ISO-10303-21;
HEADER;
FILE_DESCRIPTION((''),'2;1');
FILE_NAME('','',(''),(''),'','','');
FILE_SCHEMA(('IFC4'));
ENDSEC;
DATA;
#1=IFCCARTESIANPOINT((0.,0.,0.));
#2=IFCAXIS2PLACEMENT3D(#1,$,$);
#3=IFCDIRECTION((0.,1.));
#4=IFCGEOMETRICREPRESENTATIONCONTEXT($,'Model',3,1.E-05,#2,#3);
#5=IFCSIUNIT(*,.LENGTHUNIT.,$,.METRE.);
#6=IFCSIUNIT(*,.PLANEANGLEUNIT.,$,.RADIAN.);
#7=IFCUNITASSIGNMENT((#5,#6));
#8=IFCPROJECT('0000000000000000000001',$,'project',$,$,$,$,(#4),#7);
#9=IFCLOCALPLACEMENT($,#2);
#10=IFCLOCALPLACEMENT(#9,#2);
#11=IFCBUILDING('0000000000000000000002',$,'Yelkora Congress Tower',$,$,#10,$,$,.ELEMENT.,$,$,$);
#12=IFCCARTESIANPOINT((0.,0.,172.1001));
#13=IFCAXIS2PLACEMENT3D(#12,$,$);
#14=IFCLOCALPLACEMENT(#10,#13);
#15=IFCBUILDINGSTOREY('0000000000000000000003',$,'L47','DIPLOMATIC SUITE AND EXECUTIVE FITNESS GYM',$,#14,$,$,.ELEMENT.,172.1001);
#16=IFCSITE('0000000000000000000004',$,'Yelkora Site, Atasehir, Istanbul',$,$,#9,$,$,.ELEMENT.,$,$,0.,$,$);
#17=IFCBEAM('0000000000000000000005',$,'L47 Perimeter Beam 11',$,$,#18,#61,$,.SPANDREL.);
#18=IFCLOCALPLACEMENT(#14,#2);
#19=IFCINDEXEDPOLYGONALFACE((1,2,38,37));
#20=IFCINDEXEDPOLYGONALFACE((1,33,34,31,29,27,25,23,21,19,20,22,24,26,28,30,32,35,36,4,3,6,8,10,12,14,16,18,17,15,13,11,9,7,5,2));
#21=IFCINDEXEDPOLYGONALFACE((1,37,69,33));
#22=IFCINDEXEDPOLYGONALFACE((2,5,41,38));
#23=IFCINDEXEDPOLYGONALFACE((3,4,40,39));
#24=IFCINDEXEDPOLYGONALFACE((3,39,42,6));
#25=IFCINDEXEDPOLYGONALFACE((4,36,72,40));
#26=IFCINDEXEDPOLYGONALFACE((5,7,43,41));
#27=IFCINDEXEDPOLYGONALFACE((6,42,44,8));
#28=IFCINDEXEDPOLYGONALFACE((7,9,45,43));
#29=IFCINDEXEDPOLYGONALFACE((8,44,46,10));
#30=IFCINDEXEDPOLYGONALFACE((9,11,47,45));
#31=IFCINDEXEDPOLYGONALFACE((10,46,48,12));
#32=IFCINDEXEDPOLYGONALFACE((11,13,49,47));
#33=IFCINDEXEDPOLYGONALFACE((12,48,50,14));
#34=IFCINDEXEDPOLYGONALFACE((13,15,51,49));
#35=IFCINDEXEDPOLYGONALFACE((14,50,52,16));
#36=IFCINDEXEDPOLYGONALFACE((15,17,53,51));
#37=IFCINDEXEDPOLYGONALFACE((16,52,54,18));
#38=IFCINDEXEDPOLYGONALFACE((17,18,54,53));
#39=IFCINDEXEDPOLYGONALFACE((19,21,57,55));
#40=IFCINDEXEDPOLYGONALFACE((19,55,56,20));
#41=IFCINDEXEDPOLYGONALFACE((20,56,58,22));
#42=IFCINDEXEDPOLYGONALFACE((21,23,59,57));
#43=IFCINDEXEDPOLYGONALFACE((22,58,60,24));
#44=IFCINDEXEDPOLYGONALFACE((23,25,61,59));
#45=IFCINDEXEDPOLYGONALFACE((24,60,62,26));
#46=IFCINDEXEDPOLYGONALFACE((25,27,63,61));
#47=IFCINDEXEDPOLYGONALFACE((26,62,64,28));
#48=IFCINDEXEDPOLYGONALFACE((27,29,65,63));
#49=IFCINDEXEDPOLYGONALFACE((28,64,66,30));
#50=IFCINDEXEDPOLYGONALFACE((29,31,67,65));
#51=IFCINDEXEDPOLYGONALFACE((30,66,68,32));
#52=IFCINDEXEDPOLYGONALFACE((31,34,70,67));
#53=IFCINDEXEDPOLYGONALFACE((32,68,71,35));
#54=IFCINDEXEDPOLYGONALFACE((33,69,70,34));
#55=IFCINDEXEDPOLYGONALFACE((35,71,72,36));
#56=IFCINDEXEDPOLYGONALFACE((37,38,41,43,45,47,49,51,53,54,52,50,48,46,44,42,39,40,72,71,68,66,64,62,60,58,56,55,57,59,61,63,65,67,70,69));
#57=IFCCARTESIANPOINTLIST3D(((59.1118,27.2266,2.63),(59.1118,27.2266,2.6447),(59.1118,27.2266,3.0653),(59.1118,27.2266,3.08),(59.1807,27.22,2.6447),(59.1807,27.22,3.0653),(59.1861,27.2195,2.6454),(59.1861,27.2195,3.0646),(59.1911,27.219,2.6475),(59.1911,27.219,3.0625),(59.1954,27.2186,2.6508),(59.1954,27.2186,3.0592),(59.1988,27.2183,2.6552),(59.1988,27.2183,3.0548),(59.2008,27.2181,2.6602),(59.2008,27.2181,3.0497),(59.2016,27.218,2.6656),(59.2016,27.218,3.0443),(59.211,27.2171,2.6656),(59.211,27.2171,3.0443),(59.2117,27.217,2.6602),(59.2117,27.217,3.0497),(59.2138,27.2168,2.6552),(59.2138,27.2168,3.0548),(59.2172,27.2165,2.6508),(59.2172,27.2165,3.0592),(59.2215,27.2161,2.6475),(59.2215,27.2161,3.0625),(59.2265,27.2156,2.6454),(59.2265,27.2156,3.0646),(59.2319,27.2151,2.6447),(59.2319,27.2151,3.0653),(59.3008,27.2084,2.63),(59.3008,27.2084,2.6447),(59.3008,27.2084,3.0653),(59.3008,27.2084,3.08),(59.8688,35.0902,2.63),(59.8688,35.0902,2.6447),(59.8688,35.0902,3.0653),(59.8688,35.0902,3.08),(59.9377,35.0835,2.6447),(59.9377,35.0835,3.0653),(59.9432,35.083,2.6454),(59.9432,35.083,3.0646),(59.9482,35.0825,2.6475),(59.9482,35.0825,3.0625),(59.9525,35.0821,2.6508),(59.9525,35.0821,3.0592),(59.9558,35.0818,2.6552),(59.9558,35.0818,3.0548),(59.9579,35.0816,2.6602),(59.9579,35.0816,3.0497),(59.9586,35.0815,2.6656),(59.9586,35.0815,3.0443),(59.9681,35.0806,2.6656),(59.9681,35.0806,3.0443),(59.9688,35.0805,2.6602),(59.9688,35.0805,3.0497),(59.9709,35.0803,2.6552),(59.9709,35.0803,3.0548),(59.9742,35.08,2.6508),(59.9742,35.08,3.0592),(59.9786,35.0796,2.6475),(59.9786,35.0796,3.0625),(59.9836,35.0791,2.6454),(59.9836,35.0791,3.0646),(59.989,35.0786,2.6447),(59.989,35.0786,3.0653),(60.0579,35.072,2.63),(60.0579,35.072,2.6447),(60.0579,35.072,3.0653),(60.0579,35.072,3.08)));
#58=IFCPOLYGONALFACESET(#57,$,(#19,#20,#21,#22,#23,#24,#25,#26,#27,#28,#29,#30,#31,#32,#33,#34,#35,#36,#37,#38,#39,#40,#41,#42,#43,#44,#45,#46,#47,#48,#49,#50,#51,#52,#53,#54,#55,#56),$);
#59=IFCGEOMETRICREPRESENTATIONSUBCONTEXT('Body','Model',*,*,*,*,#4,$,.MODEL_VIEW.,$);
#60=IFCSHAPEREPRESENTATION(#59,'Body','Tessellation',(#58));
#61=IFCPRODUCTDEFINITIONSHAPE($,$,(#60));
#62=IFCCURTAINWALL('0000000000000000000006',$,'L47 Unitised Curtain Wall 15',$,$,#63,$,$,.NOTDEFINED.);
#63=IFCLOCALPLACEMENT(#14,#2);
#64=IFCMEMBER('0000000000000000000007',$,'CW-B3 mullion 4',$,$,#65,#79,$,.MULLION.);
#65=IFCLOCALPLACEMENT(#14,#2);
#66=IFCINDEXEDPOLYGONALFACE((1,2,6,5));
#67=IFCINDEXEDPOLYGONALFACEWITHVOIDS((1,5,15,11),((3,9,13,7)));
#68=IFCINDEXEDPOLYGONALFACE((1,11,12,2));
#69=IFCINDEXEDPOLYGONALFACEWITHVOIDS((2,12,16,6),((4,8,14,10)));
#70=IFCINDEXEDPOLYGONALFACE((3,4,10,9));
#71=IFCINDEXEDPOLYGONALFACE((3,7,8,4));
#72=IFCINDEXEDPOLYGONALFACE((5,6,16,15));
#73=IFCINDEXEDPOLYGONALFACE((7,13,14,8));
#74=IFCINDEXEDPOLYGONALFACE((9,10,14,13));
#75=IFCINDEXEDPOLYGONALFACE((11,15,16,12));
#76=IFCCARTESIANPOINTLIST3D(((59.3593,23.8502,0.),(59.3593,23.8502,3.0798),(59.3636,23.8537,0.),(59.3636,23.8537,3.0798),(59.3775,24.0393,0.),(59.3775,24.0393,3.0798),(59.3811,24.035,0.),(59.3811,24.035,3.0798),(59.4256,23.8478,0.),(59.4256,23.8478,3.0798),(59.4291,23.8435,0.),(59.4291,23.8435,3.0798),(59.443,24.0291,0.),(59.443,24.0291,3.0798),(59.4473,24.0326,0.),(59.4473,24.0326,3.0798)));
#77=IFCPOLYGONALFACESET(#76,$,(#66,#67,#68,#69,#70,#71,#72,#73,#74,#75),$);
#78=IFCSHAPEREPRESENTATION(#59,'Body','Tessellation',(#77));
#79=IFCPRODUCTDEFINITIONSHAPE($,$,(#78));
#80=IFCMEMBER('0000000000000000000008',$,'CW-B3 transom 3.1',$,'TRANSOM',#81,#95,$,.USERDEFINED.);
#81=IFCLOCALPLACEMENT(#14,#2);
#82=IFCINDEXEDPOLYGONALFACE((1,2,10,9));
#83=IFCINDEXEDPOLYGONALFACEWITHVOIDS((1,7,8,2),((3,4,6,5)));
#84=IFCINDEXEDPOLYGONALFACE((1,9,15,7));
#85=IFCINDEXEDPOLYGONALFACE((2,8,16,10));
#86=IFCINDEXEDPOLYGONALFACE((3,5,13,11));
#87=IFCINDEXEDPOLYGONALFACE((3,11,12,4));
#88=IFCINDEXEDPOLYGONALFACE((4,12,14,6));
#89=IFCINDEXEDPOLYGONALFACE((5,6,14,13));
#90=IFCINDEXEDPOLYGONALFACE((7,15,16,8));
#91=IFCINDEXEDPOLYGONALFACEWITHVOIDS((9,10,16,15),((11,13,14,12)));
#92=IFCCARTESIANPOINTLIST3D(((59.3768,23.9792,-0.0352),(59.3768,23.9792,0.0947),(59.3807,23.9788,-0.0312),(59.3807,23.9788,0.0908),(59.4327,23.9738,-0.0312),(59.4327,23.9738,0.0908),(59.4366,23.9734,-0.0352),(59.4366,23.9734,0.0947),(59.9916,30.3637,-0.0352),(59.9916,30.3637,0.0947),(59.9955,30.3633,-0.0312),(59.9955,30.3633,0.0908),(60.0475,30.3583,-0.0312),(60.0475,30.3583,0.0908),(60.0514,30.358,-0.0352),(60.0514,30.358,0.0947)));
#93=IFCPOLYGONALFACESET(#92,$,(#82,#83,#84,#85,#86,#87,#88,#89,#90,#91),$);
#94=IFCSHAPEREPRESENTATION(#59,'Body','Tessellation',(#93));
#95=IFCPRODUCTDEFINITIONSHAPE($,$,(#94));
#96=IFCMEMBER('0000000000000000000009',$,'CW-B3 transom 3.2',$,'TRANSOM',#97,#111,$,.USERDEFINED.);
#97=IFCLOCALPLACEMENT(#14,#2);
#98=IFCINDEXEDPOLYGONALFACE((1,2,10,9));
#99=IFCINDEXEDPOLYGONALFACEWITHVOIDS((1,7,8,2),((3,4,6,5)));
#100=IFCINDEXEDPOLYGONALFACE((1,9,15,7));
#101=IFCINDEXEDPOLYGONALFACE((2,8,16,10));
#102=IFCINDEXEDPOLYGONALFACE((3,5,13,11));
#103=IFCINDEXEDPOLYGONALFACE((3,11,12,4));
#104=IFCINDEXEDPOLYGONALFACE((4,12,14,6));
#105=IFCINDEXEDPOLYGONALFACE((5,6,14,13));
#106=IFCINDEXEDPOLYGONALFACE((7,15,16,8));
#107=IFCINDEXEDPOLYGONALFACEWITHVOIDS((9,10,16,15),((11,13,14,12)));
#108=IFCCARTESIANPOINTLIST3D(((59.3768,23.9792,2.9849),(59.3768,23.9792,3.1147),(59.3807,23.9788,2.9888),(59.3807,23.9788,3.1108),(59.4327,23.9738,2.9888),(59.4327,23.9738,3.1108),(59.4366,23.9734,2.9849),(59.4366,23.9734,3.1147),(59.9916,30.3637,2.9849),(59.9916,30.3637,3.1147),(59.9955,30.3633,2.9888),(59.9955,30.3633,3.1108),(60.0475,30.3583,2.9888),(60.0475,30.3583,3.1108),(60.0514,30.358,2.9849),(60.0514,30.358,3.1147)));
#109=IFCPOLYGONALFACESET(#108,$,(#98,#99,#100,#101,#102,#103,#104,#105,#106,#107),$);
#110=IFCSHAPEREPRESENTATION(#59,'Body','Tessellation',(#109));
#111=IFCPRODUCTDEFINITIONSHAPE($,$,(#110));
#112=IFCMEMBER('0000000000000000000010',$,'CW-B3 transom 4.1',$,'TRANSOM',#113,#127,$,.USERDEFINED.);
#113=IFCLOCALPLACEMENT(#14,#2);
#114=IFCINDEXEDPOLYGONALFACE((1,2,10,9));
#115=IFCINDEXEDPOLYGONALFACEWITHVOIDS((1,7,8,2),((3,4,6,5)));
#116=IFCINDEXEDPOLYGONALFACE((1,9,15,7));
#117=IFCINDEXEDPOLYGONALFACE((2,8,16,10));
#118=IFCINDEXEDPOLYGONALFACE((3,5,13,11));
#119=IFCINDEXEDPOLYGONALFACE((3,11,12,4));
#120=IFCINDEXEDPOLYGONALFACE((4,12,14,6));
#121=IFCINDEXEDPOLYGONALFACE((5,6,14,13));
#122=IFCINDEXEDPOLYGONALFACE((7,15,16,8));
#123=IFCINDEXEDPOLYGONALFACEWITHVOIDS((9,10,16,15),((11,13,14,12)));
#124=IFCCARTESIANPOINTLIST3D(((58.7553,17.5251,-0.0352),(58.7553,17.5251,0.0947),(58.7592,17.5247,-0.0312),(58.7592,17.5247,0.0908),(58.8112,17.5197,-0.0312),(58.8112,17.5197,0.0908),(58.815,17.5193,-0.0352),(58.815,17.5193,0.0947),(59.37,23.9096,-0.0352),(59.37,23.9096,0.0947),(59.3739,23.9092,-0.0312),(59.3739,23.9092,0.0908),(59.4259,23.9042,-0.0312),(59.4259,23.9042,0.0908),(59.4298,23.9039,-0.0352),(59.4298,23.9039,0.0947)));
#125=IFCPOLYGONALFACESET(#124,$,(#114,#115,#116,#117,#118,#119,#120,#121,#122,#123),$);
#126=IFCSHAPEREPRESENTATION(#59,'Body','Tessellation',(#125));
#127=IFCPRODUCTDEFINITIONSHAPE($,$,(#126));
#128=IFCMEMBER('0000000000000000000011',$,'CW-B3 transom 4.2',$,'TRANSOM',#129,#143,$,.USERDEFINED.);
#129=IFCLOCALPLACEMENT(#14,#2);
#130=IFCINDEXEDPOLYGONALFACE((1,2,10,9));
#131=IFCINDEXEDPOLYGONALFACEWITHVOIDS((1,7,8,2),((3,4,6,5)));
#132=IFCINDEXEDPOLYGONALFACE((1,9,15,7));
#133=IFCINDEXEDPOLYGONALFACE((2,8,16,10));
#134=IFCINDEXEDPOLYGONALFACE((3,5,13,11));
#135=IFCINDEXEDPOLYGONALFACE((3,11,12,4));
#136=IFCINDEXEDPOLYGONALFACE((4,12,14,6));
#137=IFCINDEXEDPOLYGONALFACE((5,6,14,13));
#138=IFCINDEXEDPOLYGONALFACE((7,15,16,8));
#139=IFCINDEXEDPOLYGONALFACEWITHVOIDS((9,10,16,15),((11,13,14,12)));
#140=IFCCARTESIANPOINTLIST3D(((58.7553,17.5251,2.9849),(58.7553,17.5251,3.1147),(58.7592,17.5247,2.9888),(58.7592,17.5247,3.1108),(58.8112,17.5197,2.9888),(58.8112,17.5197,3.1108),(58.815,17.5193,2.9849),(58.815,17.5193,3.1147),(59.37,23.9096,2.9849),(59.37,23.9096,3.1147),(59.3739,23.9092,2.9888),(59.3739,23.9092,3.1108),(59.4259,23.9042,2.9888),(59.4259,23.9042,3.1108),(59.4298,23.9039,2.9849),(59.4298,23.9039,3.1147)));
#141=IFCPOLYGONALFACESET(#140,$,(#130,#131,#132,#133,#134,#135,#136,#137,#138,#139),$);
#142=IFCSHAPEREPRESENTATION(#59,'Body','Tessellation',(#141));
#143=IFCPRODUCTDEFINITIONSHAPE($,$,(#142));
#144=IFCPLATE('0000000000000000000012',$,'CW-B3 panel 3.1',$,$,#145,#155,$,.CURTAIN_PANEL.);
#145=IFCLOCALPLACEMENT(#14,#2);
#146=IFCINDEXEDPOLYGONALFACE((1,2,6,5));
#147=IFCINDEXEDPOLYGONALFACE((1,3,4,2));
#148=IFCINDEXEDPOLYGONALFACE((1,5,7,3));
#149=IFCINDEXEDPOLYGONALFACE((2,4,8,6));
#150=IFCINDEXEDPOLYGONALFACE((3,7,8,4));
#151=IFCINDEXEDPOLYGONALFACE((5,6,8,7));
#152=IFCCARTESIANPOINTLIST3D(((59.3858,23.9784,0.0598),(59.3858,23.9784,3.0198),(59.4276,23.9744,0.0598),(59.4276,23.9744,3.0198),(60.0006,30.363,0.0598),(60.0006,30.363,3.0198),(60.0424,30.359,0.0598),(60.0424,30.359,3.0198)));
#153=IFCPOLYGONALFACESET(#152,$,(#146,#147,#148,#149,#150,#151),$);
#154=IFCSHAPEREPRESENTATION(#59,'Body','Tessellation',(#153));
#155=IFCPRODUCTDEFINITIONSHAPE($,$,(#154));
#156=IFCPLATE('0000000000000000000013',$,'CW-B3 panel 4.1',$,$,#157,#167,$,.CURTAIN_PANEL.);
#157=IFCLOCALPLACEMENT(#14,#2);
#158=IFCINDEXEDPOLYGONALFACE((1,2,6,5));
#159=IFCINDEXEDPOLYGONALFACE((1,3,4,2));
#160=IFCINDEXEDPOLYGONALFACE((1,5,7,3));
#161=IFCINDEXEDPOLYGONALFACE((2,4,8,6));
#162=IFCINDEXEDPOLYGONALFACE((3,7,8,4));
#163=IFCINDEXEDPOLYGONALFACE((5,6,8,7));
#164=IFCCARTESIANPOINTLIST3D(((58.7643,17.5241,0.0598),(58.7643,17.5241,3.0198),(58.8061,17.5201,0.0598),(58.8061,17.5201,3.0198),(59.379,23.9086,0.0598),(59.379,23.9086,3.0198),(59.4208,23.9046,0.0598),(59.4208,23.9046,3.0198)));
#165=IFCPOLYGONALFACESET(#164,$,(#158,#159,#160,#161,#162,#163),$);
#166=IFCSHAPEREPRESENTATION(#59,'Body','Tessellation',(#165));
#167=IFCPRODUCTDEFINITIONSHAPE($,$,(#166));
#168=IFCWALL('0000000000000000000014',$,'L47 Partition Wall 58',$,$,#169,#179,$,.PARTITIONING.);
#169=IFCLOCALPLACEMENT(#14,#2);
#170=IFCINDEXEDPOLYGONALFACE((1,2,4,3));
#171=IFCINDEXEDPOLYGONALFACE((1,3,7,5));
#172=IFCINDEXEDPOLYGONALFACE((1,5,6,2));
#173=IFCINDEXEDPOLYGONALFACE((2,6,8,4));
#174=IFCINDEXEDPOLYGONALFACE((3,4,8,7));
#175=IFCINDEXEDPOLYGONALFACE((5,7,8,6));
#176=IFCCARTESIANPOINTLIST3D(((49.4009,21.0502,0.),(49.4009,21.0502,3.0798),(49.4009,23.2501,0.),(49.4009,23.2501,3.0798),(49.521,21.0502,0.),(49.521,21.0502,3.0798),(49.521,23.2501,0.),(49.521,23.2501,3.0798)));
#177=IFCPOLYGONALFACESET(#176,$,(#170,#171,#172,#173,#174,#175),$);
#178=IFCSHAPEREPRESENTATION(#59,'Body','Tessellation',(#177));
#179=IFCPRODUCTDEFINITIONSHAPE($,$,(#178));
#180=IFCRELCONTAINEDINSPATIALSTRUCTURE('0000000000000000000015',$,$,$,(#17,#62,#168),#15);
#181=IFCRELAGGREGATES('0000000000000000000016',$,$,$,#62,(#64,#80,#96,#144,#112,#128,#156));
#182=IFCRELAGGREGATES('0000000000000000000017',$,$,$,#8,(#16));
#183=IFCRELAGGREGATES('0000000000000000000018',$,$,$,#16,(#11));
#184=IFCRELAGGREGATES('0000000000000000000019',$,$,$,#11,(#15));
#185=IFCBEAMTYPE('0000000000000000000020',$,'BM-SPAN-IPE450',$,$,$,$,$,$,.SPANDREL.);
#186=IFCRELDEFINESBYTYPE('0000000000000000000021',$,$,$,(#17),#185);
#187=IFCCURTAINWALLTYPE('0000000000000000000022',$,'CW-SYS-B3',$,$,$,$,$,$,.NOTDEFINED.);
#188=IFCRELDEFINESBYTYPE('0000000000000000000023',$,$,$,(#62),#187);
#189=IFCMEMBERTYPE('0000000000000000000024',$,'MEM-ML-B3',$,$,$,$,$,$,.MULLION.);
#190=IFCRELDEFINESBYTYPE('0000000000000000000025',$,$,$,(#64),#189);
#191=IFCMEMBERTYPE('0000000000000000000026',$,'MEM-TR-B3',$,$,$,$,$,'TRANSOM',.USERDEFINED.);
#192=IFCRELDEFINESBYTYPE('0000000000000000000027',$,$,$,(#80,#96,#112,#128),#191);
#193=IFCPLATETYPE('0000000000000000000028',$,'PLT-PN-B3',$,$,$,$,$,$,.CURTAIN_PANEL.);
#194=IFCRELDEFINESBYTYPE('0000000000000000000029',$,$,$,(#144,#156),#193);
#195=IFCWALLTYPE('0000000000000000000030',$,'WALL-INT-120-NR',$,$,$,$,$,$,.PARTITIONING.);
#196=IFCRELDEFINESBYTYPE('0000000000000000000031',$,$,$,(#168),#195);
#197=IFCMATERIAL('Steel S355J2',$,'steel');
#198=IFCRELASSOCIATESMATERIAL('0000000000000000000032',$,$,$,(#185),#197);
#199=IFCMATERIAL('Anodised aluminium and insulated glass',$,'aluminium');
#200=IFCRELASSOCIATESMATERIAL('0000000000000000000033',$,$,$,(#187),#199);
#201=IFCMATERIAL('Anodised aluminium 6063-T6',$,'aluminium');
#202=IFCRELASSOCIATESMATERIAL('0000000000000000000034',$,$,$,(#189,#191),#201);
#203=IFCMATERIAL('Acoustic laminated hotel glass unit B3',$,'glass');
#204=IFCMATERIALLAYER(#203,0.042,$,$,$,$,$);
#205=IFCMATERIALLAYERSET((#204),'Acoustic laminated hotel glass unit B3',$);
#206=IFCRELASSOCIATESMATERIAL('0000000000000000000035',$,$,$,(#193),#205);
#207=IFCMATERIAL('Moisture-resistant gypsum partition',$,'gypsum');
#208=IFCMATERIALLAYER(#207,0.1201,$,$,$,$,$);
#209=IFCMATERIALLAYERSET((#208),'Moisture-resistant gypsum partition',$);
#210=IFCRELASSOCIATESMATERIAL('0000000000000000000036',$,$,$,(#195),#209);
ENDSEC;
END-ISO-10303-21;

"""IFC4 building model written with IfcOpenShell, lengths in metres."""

from ifc_helpers import new_model, si_unit, direction, frame, frame_2d, origin, origin_2d, place, context, subcontext, project, spatial, rectangle, hollow_rectangle, i_section, extrude, material, layer, layer_set, material_profile, profile_set, type_object, element, aggregate, save


model = new_model("IFC4")

# Units and contexts
model_context = context("Model", 3, precision=1e-05, world=origin(), true_north=direction((0.0, 1.0)))
body_context = subcontext(model_context, "Body", "Model", "MODEL_VIEW")
ifc_project = project(units=[si_unit("LENGTHUNIT", "METRE"), si_unit("PLANEANGLEUNIT", "RADIAN")], contexts=[model_context])

# Site, building, storey
site_placement = place(None, origin())
site = spatial("IfcSite", under=ifc_project, at=site_placement, Name="Yelkora Site, Atasehir, Istanbul", CompositionType="ELEMENT", RefElevation=0.0)
building_placement = place(site_placement, origin())
building = spatial("IfcBuilding", under=site, at=building_placement, Name="Yelkora Congress Tower", CompositionType="ELEMENT")
storey_placement = place(building_placement, frame((0.0, 0.0, 172.1001)))
storey = spatial("IfcBuildingStorey", under=building, at=storey_placement, Name="L47", Description="DIPLOMATIC SUITE AND EXECUTIVE FITNESS GYM", CompositionType="ELEMENT", Elevation=172.1001)

# Beam
ifc_material_1 = material(Name="Steel S355J2", Category="steel")
ifc_material_profile_1 = material_profile(ifc_material_1, i_section(OverallWidth=0.1899, OverallDepth=0.45, WebThickness=0.0095, FlangeThickness=0.0146, FilletRadius=0.021, at=origin_2d()), Name="IPE 450")
ifc_profile_set_1 = profile_set([ifc_material_profile_1], Name="Steel S355J2")
beam_type_1 = type_object("IfcBeamType", Name="BM-SPAN-IPE450", PredefinedType="SPANDREL", material=ifc_profile_set_1)
beam_1_placement = place(storey_placement, frame((59.2063, 27.2175, 2.855), z_axis=(0.095834, 0.995397, 0.0), x_axis=(-0.995397, 0.095834, 0.0)))
element("IfcBeam", 1, at=beam_1_placement, inside=storey, type_object=beam_type_1, Name="L47 Perimeter Beam 11", PredefinedType="SPANDREL", context=body_context, shape_type="SweptSolid", body=[
    extrude(i_section(OverallWidth=0.1899, OverallDepth=0.45, WebThickness=0.0095, FlangeThickness=0.0146, FilletRadius=0.021, at=origin_2d()), origin(), (0.0, 0.0, 1.0), 7.8999),
])

# Curtain wall, members, plates
ifc_material_2 = material(Name="Anodised aluminium and insulated glass", Category="aluminium")
curtain_wall_type = type_object("IfcCurtainWallType", Name="CW-SYS-B3", PredefinedType="NOTDEFINED", material=ifc_material_2)
curtain_wall_placement = place(storey_placement, origin())
curtain_wall = element("IfcCurtainWall", 2, at=curtain_wall_placement, inside=storey, type_object=curtain_wall_type, Name="L47 Unitised Curtain Wall 15", PredefinedType="NOTDEFINED")
ifc_material_3 = material(Name="Anodised aluminium 6063-T6", Category="aluminium")
ifc_material_profile_2 = material_profile(ifc_material_3, hollow_rectangle(XDim=0.0701, YDim=0.1899, WallThickness=0.0039, at=origin_2d()), Name="ALU 70x190x4")
ifc_profile_set_2 = profile_set([ifc_material_profile_2], Name="Anodised aluminium 6063-T6")
member_type_1 = type_object("IfcMemberType", Name="MEM-ML-B3", PredefinedType="MULLION", material=ifc_profile_set_2)
member_1_placement = place(storey_placement, frame((59.4033, 23.9414, 0.0), z_axis=(0.0, 0.0, 1.0), x_axis=(0.995397, -0.095842, 0.0)))
member_1 = element("IfcMember", 3, at=member_1_placement, type_object=member_type_1, Name="CW-B3 mullion 4", PredefinedType="MULLION", context=body_context, shape_type="SweptSolid", body=[
    extrude(hollow_rectangle(XDim=0.0701, YDim=0.1899, WallThickness=0.0039, at=origin_2d()), origin(), (0.0, 0.0, 1.0), 3.0798),
])
ifc_material_profile_3 = material_profile(ifc_material_3, hollow_rectangle(XDim=0.0601, YDim=0.1299, WallThickness=0.0039, at=origin_2d()), Name="ALU 60x130x4")
ifc_profile_set_3 = profile_set([ifc_material_profile_3], Name="Anodised aluminium 6063-T6")
member_type_2 = type_object("IfcMemberType", Name="MEM-TR-B3", ElementType="TRANSOM", PredefinedType="USERDEFINED", material=ifc_profile_set_3)
member_2_placement = place(storey_placement, frame((60.0215, 30.3608, 0.0298), z_axis=(-0.095844, -0.995396, 0.0), x_axis=(0.995396, -0.095844, 0.0)))
member_2 = element("IfcMember", 4, at=member_2_placement, type_object=member_type_2, Name="CW-B3 transom 3.1", ObjectType="TRANSOM", PredefinedType="USERDEFINED", context=body_context, shape_type="SweptSolid", body=[
    extrude(hollow_rectangle(XDim=0.0601, YDim=0.1299, WallThickness=0.0039, at=origin_2d()), origin(), (0.0, 0.0, 1.0), 6.4141),
])
member_3_placement = place(storey_placement, frame((60.0215, 30.3608, 3.0498), z_axis=(-0.095844, -0.995396, 0.0), x_axis=(0.995396, -0.095844, 0.0)))
member_3 = element("IfcMember", 5, at=member_3_placement, type_object=member_type_2, Name="CW-B3 transom 3.2", ObjectType="TRANSOM", PredefinedType="USERDEFINED", context=body_context, shape_type="SweptSolid", body=[
    extrude(hollow_rectangle(XDim=0.0601, YDim=0.1299, WallThickness=0.0039, at=origin_2d()), origin(), (0.0, 0.0, 1.0), 6.4141),
])
member_4_placement = place(storey_placement, frame((59.3999, 23.9067, 0.0298), z_axis=(-0.095844, -0.995396, 0.0), x_axis=(0.995396, -0.095844, 0.0)))
member_4 = element("IfcMember", 6, at=member_4_placement, type_object=member_type_2, Name="CW-B3 transom 4.1", ObjectType="TRANSOM", PredefinedType="USERDEFINED", context=body_context, shape_type="SweptSolid", body=[
    extrude(hollow_rectangle(XDim=0.0601, YDim=0.1299, WallThickness=0.0039, at=origin_2d()), origin(), (0.0, 0.0, 1.0), 6.4141),
])
member_5_placement = place(storey_placement, frame((59.3999, 23.9067, 3.0498), z_axis=(-0.095844, -0.995396, 0.0), x_axis=(0.995396, -0.095844, 0.0)))
member_5 = element("IfcMember", 7, at=member_5_placement, type_object=member_type_2, Name="CW-B3 transom 4.2", ObjectType="TRANSOM", PredefinedType="USERDEFINED", context=body_context, shape_type="SweptSolid", body=[
    extrude(hollow_rectangle(XDim=0.0601, YDim=0.1299, WallThickness=0.0039, at=origin_2d()), origin(), (0.0, 0.0, 1.0), 6.4141),
])
ifc_material_4 = material(Name="Acoustic laminated hotel glass unit B3", Category="glass")
ifc_layer_1 = layer(ifc_material_4, 0.042)
ifc_layer_set_1 = layer_set([ifc_layer_1], Name="Acoustic laminated hotel glass unit B3")
plate_type = type_object("IfcPlateType", Name="PLT-PN-B3", PredefinedType="CURTAIN_PANEL", material=ifc_layer_set_1)
plate_1_placement = place(storey_placement, frame((59.7141, 27.1687, 0.0598), z_axis=(0.0, 0.0, 1.0), x_axis=(-0.095842, -0.995397, 0.0)))
plate_1 = element("IfcPlate", 8, at=plate_1_placement, type_object=plate_type, Name="CW-B3 panel 3.1", PredefinedType="CURTAIN_PANEL", context=body_context, shape_type="SweptSolid", body=[
    extrude(rectangle(XDim=6.4141, YDim=0.042, at=origin_2d()), origin(), (0.0, 0.0, 1.0), 2.96),
])
plate_2_placement = place(storey_placement, frame((59.0925, 20.7144, 0.0598), z_axis=(0.0, 0.0, 1.0), x_axis=(-0.095842, -0.995397, 0.0)))
plate_2 = element("IfcPlate", 9, at=plate_2_placement, type_object=plate_type, Name="CW-B3 panel 4.1", PredefinedType="CURTAIN_PANEL", context=body_context, shape_type="SweptSolid", body=[
    extrude(rectangle(XDim=6.4141, YDim=0.042, at=origin_2d()), origin(), (0.0, 0.0, 1.0), 2.96),
])
aggregate(curtain_wall, [member_1, member_2, member_3, plate_1, member_4, member_5, plate_2])

# Wall
ifc_material_5 = material(Name="Moisture-resistant gypsum partition", Category="gypsum")
ifc_layer_2 = layer(ifc_material_5, 0.1201)
ifc_layer_set_2 = layer_set([ifc_layer_2], Name="Moisture-resistant gypsum partition")
wall_type_1 = type_object("IfcWallType", Name="WALL-INT-120-NR", PredefinedType="PARTITIONING", material=ifc_layer_set_2)
wall_1_placement = place(storey_placement, frame((49.4609, 21.05, 0.0), z_axis=(0.0, 0.0, 1.0), x_axis=(0.0, 1.0, 0.0)))
element("IfcWall", 10, at=wall_1_placement, inside=storey, type_object=wall_type_1, Name="L47 Partition Wall 58", PredefinedType="PARTITIONING", context=body_context, shape_type="SweptSolid", body=[
    extrude(rectangle(XDim=2.2, YDim=0.1201, at=frame_2d((1.1001, 0.0))), origin(), (0.0, 0.0, 1.0), 3.0798),
])

save(model, "model.ifc")
